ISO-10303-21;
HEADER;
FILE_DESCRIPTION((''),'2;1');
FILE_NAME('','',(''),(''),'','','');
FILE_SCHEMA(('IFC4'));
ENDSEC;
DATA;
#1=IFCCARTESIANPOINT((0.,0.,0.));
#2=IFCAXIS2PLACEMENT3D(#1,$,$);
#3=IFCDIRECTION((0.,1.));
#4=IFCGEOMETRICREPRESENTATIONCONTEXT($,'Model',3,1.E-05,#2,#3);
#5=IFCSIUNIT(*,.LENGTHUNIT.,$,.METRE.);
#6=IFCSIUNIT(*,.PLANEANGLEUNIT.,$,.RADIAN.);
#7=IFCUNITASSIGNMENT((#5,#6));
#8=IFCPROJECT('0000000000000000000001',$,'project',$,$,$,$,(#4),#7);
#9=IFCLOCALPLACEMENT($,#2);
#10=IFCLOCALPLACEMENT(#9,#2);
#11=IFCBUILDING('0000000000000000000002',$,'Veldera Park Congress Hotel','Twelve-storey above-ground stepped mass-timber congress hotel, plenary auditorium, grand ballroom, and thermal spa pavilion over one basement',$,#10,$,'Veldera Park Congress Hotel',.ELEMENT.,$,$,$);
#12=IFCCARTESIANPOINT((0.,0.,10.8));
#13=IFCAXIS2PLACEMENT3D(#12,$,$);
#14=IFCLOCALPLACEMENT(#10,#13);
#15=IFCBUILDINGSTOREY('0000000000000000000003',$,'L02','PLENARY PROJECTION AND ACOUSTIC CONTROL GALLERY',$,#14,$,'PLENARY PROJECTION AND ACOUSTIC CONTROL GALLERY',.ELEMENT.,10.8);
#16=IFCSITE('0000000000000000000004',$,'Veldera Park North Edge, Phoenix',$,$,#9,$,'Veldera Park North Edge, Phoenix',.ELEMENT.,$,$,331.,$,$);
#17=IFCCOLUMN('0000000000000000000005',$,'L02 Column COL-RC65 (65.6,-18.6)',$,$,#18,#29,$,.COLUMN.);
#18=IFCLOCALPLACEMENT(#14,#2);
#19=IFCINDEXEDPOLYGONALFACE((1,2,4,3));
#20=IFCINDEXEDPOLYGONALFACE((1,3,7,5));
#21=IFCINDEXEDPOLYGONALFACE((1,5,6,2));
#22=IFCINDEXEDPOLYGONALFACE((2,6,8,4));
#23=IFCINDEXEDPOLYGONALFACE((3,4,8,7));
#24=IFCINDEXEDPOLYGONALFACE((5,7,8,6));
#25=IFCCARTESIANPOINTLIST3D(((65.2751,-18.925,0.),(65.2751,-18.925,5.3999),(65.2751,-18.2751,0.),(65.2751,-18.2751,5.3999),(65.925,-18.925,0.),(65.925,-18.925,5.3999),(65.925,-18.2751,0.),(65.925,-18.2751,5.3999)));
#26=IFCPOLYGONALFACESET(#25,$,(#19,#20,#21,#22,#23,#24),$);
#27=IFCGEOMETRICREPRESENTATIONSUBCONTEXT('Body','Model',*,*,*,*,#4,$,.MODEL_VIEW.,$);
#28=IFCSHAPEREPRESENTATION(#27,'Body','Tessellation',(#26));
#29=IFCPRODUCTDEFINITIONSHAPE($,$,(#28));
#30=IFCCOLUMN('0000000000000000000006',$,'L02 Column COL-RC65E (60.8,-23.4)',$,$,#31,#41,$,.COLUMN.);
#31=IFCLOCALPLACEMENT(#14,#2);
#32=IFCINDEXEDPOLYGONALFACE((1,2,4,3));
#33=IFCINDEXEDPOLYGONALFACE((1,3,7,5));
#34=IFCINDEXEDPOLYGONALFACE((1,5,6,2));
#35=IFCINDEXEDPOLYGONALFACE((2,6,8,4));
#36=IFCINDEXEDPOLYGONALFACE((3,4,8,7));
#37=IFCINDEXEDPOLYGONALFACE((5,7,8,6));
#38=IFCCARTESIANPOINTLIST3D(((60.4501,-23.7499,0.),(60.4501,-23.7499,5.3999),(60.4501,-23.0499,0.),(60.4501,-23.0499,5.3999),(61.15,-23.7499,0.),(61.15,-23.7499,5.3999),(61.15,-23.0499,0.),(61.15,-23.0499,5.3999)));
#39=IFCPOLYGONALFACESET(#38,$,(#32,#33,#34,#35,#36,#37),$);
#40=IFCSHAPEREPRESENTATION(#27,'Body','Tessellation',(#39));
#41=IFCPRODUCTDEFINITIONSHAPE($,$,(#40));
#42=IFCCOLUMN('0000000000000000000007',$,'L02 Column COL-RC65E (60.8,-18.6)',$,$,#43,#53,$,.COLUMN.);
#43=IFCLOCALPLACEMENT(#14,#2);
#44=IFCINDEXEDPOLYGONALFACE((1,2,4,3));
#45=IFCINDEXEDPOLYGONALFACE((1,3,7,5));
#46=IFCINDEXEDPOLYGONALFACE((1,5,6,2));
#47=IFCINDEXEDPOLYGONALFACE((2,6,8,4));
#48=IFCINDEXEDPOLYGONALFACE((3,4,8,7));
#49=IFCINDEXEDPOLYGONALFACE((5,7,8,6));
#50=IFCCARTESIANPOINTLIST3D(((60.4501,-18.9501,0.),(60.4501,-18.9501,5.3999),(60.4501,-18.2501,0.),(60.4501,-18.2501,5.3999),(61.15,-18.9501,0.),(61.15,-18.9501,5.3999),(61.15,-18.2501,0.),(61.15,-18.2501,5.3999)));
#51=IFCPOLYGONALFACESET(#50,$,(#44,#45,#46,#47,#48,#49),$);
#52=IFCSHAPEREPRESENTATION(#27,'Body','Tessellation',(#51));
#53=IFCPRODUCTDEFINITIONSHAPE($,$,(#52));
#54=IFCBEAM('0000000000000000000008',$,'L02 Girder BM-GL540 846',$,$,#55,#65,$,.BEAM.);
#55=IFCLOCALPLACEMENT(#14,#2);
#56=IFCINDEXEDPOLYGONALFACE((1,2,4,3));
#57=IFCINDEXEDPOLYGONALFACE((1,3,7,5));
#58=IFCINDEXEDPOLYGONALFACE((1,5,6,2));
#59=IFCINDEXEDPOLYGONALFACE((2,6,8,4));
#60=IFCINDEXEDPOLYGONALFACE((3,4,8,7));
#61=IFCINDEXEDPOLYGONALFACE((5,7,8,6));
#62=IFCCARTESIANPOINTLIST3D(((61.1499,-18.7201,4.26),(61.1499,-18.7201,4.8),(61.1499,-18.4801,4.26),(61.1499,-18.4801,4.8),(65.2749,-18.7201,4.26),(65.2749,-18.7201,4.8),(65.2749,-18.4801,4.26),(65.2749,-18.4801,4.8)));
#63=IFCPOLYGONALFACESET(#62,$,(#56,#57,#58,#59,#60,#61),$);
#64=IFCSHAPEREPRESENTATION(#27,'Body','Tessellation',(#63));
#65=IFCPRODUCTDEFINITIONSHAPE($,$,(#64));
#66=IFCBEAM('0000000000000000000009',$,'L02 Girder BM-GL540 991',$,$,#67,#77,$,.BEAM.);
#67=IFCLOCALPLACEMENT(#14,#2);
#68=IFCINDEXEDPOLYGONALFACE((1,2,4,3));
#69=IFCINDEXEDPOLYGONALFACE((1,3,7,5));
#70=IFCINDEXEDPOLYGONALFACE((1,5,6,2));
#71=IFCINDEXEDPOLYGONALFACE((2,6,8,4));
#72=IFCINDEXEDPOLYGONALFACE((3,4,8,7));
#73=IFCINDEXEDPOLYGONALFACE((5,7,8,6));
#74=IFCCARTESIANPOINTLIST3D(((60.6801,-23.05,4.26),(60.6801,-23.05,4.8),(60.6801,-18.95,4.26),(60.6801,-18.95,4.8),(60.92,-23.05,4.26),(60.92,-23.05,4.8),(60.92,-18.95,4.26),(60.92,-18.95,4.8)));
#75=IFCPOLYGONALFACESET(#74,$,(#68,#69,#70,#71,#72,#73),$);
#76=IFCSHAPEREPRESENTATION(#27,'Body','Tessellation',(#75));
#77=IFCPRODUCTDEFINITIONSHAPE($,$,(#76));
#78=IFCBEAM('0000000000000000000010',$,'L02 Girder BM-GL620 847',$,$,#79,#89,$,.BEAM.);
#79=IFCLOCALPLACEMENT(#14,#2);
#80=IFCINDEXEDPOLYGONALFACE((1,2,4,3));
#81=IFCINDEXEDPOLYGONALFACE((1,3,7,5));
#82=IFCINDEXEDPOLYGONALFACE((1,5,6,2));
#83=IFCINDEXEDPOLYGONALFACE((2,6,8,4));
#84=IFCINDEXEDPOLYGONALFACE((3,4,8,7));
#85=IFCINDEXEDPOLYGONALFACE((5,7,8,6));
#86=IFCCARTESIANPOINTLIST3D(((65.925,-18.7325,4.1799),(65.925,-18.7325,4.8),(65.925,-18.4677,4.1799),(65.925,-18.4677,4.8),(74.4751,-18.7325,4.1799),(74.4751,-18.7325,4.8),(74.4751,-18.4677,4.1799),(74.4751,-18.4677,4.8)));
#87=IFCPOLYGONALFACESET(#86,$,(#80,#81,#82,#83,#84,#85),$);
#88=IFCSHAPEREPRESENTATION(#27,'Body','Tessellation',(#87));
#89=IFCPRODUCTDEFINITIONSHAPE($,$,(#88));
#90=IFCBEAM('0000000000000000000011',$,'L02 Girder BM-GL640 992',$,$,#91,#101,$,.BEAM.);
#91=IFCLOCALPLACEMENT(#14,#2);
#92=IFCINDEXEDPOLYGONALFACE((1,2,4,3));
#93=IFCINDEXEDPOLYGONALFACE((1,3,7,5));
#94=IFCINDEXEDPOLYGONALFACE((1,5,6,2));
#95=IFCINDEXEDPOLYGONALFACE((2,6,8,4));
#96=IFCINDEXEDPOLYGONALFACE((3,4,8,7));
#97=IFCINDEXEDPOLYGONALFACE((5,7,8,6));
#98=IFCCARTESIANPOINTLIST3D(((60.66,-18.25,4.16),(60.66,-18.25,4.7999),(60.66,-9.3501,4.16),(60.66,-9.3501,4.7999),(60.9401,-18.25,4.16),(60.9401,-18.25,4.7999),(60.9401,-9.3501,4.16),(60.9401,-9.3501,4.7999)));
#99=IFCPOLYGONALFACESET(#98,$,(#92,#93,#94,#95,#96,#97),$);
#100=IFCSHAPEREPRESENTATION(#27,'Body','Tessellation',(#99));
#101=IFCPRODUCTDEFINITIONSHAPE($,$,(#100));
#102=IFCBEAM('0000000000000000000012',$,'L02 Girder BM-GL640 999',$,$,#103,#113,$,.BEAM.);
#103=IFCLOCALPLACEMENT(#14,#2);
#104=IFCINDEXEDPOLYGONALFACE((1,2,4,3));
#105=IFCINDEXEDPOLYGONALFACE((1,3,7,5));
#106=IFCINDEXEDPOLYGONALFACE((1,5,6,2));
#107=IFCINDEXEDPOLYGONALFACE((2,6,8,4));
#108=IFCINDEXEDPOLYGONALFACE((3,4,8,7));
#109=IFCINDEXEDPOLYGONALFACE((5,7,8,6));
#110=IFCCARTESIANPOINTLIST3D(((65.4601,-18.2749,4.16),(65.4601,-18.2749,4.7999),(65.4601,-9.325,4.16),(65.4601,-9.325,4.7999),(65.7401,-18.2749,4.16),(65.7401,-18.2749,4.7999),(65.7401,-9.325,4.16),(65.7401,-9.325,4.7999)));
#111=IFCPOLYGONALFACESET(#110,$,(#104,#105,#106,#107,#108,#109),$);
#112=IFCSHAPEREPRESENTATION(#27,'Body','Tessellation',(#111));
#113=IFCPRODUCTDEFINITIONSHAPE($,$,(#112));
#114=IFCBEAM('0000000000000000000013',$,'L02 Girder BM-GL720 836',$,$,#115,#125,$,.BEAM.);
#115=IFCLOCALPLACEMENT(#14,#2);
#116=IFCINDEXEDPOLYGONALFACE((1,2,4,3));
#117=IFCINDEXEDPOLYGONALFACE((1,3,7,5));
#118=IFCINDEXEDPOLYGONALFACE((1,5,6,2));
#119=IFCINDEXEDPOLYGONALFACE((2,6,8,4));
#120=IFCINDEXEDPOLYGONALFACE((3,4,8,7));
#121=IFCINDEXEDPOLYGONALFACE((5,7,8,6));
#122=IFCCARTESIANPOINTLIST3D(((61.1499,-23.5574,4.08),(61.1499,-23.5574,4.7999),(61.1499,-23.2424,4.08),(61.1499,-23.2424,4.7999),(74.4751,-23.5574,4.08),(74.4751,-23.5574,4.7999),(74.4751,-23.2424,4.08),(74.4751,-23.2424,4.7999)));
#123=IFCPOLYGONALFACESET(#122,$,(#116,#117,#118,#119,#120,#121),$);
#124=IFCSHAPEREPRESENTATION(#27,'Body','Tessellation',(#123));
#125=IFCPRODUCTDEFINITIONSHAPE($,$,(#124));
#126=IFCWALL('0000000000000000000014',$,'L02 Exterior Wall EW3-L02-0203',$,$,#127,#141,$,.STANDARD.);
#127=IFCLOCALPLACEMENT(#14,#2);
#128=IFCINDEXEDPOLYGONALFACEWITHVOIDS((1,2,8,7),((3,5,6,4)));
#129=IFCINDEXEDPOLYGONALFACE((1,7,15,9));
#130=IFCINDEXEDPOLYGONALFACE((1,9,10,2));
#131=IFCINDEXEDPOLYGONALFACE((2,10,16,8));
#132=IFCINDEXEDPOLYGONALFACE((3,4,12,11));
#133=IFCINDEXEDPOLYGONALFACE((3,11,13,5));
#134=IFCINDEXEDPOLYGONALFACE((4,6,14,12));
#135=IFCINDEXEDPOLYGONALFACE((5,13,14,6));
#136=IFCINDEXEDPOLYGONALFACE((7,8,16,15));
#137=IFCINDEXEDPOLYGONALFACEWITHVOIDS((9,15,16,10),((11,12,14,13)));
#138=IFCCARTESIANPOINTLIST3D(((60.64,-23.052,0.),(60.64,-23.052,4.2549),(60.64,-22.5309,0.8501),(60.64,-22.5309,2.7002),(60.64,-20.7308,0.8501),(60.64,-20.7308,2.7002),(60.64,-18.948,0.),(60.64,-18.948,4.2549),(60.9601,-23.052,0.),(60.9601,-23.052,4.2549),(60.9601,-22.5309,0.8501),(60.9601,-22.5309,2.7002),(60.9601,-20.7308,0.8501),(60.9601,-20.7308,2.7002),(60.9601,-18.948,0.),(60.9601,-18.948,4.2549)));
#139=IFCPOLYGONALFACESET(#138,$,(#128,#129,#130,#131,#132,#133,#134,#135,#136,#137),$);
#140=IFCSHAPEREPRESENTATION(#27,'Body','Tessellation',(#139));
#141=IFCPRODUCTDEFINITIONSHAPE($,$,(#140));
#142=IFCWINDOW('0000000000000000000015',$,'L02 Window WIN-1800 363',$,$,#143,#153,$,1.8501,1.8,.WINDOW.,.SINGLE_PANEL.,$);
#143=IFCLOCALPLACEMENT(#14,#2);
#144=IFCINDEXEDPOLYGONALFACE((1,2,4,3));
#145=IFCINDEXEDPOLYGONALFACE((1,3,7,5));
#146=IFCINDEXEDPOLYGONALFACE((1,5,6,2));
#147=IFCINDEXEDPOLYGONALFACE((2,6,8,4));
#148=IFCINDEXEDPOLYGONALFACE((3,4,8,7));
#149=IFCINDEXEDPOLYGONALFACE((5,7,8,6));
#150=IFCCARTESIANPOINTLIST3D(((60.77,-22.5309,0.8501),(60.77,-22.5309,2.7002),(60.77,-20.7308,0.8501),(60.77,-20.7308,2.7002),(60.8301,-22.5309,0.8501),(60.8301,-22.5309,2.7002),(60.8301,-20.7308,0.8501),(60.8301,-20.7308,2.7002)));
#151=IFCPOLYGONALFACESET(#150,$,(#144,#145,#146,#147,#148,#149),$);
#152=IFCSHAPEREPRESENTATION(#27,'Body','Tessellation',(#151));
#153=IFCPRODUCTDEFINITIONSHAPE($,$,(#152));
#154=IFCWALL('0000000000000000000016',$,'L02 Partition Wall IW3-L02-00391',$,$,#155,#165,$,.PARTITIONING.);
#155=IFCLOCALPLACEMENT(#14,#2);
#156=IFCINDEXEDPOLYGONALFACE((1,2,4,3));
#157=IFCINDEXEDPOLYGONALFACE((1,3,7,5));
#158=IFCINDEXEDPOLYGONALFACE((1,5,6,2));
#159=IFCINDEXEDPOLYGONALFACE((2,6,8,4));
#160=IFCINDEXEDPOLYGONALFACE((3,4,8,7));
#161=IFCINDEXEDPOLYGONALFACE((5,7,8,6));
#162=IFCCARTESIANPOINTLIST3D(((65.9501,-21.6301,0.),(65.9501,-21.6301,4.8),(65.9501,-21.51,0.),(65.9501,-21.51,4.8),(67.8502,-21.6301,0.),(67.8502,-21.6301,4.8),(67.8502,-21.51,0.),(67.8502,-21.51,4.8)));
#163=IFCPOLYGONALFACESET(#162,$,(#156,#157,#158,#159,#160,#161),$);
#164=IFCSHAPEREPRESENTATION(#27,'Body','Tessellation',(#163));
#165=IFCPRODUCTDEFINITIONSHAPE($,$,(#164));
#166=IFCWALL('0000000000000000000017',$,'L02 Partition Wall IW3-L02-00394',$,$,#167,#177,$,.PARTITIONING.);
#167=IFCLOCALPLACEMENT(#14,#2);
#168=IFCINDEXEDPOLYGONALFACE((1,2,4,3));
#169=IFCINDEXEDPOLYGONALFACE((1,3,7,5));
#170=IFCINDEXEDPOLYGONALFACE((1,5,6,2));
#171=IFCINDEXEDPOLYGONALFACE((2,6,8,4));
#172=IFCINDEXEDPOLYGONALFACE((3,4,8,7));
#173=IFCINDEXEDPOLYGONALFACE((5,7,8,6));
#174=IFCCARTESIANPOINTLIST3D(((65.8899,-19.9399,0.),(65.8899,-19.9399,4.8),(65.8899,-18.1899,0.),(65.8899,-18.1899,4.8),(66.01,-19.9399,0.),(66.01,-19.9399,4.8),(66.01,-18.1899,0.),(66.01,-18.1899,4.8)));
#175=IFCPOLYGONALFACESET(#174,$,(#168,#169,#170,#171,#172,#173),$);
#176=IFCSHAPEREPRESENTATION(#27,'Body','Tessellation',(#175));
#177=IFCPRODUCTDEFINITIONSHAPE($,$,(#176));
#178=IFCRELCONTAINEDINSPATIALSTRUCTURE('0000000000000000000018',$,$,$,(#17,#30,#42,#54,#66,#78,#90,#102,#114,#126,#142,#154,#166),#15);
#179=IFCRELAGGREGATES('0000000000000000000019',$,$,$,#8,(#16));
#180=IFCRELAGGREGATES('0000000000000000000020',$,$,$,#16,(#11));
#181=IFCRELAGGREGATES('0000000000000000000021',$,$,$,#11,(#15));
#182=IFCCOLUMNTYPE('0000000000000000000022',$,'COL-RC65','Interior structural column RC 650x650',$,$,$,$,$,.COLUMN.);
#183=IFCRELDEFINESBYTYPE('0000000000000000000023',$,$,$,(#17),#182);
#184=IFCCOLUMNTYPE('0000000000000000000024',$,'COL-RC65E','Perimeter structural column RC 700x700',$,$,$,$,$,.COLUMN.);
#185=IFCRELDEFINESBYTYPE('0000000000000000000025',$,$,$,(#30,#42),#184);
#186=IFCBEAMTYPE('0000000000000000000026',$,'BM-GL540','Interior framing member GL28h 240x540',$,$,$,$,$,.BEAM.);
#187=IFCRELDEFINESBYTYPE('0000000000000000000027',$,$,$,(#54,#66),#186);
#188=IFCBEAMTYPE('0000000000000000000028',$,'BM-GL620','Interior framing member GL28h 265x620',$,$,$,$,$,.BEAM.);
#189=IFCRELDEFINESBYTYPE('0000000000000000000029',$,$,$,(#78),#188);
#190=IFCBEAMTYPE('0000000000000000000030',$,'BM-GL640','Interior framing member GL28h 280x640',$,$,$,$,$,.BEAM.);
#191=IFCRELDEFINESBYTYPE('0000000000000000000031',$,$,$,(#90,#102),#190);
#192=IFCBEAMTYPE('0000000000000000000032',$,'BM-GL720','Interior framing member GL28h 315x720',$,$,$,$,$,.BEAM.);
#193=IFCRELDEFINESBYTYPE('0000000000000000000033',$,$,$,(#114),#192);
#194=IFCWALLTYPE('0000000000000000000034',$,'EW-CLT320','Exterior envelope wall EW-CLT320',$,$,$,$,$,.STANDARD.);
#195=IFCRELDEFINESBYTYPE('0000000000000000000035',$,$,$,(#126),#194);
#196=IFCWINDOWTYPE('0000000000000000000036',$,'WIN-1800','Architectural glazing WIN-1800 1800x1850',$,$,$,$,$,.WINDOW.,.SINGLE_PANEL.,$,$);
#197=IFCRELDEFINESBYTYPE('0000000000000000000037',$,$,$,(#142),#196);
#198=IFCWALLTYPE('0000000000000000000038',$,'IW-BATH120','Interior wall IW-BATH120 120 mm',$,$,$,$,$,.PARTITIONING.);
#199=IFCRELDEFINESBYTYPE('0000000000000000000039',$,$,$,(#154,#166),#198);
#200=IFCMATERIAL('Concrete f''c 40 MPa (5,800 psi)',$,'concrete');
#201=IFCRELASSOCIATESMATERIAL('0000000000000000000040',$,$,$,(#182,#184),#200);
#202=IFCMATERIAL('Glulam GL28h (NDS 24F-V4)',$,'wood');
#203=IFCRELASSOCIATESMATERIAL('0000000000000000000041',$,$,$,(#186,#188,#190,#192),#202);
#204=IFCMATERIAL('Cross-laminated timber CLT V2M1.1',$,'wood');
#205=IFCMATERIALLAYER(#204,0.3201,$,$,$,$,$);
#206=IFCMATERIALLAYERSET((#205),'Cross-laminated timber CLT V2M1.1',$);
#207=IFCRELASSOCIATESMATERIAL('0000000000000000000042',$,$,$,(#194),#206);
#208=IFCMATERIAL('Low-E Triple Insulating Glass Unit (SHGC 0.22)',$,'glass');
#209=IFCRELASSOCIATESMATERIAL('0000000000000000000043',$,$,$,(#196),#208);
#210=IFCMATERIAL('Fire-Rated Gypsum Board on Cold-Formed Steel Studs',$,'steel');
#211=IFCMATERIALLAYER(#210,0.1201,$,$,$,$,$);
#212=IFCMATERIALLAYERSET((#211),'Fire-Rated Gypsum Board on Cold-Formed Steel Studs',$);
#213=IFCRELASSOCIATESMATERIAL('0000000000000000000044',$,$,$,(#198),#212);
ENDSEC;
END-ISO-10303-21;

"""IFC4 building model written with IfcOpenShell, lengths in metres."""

from ifc_helpers import new_model, si_unit, direction, frame, frame_2d, origin, origin_2d, place, context, subcontext, project, spatial, rectangle, extrude, material, layer, layer_set, material_profile, profile_set, type_object, element, fill, save


model = new_model("IFC4")

# Units and contexts
model_context = context("Model", 3, precision=1e-05, world=origin(), true_north=direction((0.0, 1.0)))
body_context = subcontext(model_context, "Body", "Model", "MODEL_VIEW")
ifc_project = project(units=[si_unit("LENGTHUNIT", "METRE"), si_unit("PLANEANGLEUNIT", "RADIAN")], contexts=[model_context])

# Site, building, storey
site_placement = place(None, origin())
site = spatial("IfcSite", under=ifc_project, at=site_placement, Name="Veldera Park North Edge, Phoenix", LongName="Veldera Park North Edge, Phoenix", CompositionType="ELEMENT", RefElevation=331.0)
building_placement = place(site_placement, origin())
building = spatial("IfcBuilding", under=site, at=building_placement, Name="Veldera Park Congress Hotel", Description="Twelve-storey above-ground stepped mass-timber congress hotel, plenary auditorium, grand ballroom, and thermal spa pavilion over one basement", LongName="Veldera Park Congress Hotel", CompositionType="ELEMENT")
storey_placement = place(building_placement, frame((0.0, 0.0, 10.8)))
storey = spatial("IfcBuildingStorey", under=building, at=storey_placement, Name="L02", Description="PLENARY PROJECTION AND ACOUSTIC CONTROL GALLERY", LongName="PLENARY PROJECTION AND ACOUSTIC CONTROL GALLERY", CompositionType="ELEMENT", Elevation=10.8)

# Columns
ifc_material_1 = material(Name="Concrete f'c 40 MPa (5,800 psi)", Category="concrete")
ifc_material_profile_1 = material_profile(ifc_material_1, rectangle(XDim=0.6499, YDim=0.6499, at=origin_2d()), Name="RC 650x650")
ifc_profile_set_1 = profile_set([ifc_material_profile_1], Name="Concrete f'c 40 MPa (5,800 psi)")
column_type_1 = type_object("IfcColumnType", Name="COL-RC65", Description="Interior structural column RC 650x650", PredefinedType="COLUMN", material=ifc_profile_set_1)
column_placement = place(storey_placement, frame((65.6001, -18.6001, 0.0), z_axis=(0.0, 0.0, 1.0), x_axis=(1.0, 0.0, 0.0)))
element("IfcColumn", 1, at=column_placement, inside=storey, type_object=column_type_1, Name="L02 Column COL-RC65 (65.6,-18.6)", PredefinedType="COLUMN", context=body_context, shape_type="SweptSolid", body=[
    extrude(rectangle(XDim=0.6499, YDim=0.6499, at=origin_2d()), origin(), (0.0, 0.0, 1.0), 5.3999),
])
ifc_material_profile_2 = material_profile(ifc_material_1, rectangle(XDim=0.7, YDim=0.7, at=origin_2d()), Name="RC 700x700")
ifc_profile_set_2 = profile_set([ifc_material_profile_2], Name="Concrete f'c 40 MPa (5,800 psi)")
column_type_2 = type_object("IfcColumnType", Name="COL-RC65E", Description="Perimeter structural column RC 700x700", PredefinedType="COLUMN", material=ifc_profile_set_2)
for number, where, z_axis, x_axis, name in (
    (2, (60.8, -23.3999, 0.0), (0.0, 0.0, 1.0), (1.0, 0.0, 0.0), "L02 Column COL-RC65E (60.8,-23.4)"),
    (3, (60.8, -18.6001, 0.0), (0.0, 0.0, 1.0), (1.0, 0.0, 0.0), "L02 Column COL-RC65E (60.8,-18.6)"),
):
    element("IfcColumn", number, at=place(storey_placement, frame(where, z_axis=z_axis, x_axis=x_axis)), inside=storey, type_object=column_type_2, Name=name, PredefinedType="COLUMN", context=body_context, shape_type="SweptSolid", body=[
        extrude(rectangle(XDim=0.7, YDim=0.7, at=origin_2d()), origin(), (0.0, 0.0, 1.0), 5.3999),
    ])

# Beams
ifc_material_2 = material(Name="Glulam GL28h (NDS 24F-V4)", Category="wood")
ifc_material_profile_3 = material_profile(ifc_material_2, rectangle(XDim=0.24, YDim=0.54, at=origin_2d()), Name="GL28h 240x540")
ifc_profile_set_3 = profile_set([ifc_material_profile_3], Name="Glulam GL28h (NDS 24F-V4)")
beam_type_1 = type_object("IfcBeamType", Name="BM-GL540", Description="Interior framing member GL28h 240x540", PredefinedType="BEAM", material=ifc_profile_set_3)
beam_1_placement = place(storey_placement, frame((61.1499, -18.6001, 4.53), z_axis=(1.0, 0.0, 0.0), x_axis=(0.0, 1.0, 0.0)))
element("IfcBeam", 4, at=beam_1_placement, inside=storey, type_object=beam_type_1, Name="L02 Girder BM-GL540 846", PredefinedType="BEAM", context=body_context, shape_type="SweptSolid", body=[
    extrude(rectangle(XDim=0.24, YDim=0.54, at=origin_2d()), origin(), (0.0, 0.0, 1.0), 4.125),
])
beam_2_placement = place(storey_placement, frame((60.8, -23.05, 4.53), z_axis=(0.0, 1.0, 0.0), x_axis=(-1.0, 0.0, 0.0)))
element("IfcBeam", 5, at=beam_2_placement, inside=storey, type_object=beam_type_1, Name="L02 Girder BM-GL540 991", PredefinedType="BEAM", context=body_context, shape_type="SweptSolid", body=[
    extrude(rectangle(XDim=0.24, YDim=0.54, at=origin_2d()), origin(), (0.0, 0.0, 1.0), 4.1001),
])
ifc_material_profile_4 = material_profile(ifc_material_2, rectangle(XDim=0.2649, YDim=0.6201, at=origin_2d()), Name="GL28h 265x620")
ifc_profile_set_4 = profile_set([ifc_material_profile_4], Name="Glulam GL28h (NDS 24F-V4)")
beam_type_2 = type_object("IfcBeamType", Name="BM-GL620", Description="Interior framing member GL28h 265x620", PredefinedType="BEAM", material=ifc_profile_set_4)
beam_3_placement = place(storey_placement, frame((65.925, -18.6001, 4.49), z_axis=(1.0, 0.0, 0.0), x_axis=(0.0, 1.0, 0.0)))
element("IfcBeam", 6, at=beam_3_placement, inside=storey, type_object=beam_type_2, Name="L02 Girder BM-GL620 847", PredefinedType="BEAM", context=body_context, shape_type="SweptSolid", body=[
    extrude(rectangle(XDim=0.2649, YDim=0.6201, at=origin_2d()), origin(), (0.0, 0.0, 1.0), 8.55),
])
ifc_material_profile_5 = material_profile(ifc_material_2, rectangle(XDim=0.28, YDim=0.6399, at=origin_2d()), Name="GL28h 280x640")
ifc_profile_set_5 = profile_set([ifc_material_profile_5], Name="Glulam GL28h (NDS 24F-V4)")
beam_type_3 = type_object("IfcBeamType", Name="BM-GL640", Description="Interior framing member GL28h 280x640", PredefinedType="BEAM", material=ifc_profile_set_5)
beam_4_placement = place(storey_placement, frame((60.8, -18.25, 4.48), z_axis=(0.0, 1.0, 0.0), x_axis=(-1.0, 0.0, 0.0)))
element("IfcBeam", 7, at=beam_4_placement, inside=storey, type_object=beam_type_3, Name="L02 Girder BM-GL640 992", PredefinedType="BEAM", context=body_context, shape_type="SweptSolid", body=[
    extrude(rectangle(XDim=0.28, YDim=0.6399, at=origin_2d()), origin(), (0.0, 0.0, 1.0), 8.8999),
])
beam_5_placement = place(storey_placement, frame((65.6001, -18.2749, 4.48), z_axis=(0.0, 1.0, 0.0), x_axis=(-1.0, 0.0, 0.0)))
element("IfcBeam", 8, at=beam_5_placement, inside=storey, type_object=beam_type_3, Name="L02 Girder BM-GL640 999", PredefinedType="BEAM", context=body_context, shape_type="SweptSolid", body=[
    extrude(rectangle(XDim=0.28, YDim=0.6399, at=origin_2d()), origin(), (0.0, 0.0, 1.0), 8.95),
])
ifc_material_profile_6 = material_profile(ifc_material_2, rectangle(XDim=0.3149, YDim=0.72, at=origin_2d()), Name="GL28h 315x720")
ifc_profile_set_6 = profile_set([ifc_material_profile_6], Name="Glulam GL28h (NDS 24F-V4)")
beam_type_4 = type_object("IfcBeamType", Name="BM-GL720", Description="Interior framing member GL28h 315x720", PredefinedType="BEAM", material=ifc_profile_set_6)
beam_6_placement = place(storey_placement, frame((61.1499, -23.3999, 4.4399), z_axis=(1.0, 0.0, 0.0), x_axis=(0.0, 1.0, 0.0)))
element("IfcBeam", 9, at=beam_6_placement, inside=storey, type_object=beam_type_4, Name="L02 Girder BM-GL720 836", PredefinedType="BEAM", context=body_context, shape_type="SweptSolid", body=[
    extrude(rectangle(XDim=0.3149, YDim=0.72, at=origin_2d()), origin(), (0.0, 0.0, 1.0), 13.3252),
])

# Wall, opening, window
ifc_material_3 = material(Name="Cross-laminated timber CLT V2M1.1", Category="wood")
ifc_layer_1 = layer(ifc_material_3, 0.3201)
ifc_layer_set_1 = layer_set([ifc_layer_1], Name="Cross-laminated timber CLT V2M1.1")
wall_type_1 = type_object("IfcWallType", Name="EW-CLT320", Description="Exterior envelope wall EW-CLT320", PredefinedType="STANDARD", material=ifc_layer_set_1)
wall_1_placement = place(storey_placement, frame((60.8, -18.948, 0.0), z_axis=(0.0, 0.0, 1.0), x_axis=(0.0, -1.0, 0.0)))
wall_1 = element("IfcWall", 10, at=wall_1_placement, inside=storey, type_object=wall_type_1, Name="L02 Exterior Wall EW3-L02-0203", PredefinedType="STANDARD", context=body_context, shape_type="SweptSolid", body=[
    extrude(rectangle(XDim=4.104, YDim=0.3201, at=frame_2d((2.052, 0.0))), origin(), (0.0, 0.0, 1.0), 4.2549),
])
opening_1_placement = place(wall_1_placement, frame((1.783, 0.0, 0.8501)))
opening_1 = element("IfcOpeningElement", 11, at=opening_1_placement, cuts=wall_1, PredefinedType="OPENING", context=body_context, shape_type="SweptSolid", body=[
    extrude(rectangle(XDim=1.8, YDim=1.8501, at=frame_2d((0.8999, 0.925))), frame((0.0, 0.1721, 0.0), z_axis=(0.0, -1.0, 0.0), x_axis=(1.0, 0.0, 0.0)), (0.0, 0.0, 1.0), 0.344),
])
ifc_material_4 = material(Name="Low-E Triple Insulating Glass Unit (SHGC 0.22)", Category="glass")
window_type = type_object("IfcWindowType", Name="WIN-1800", Description="Architectural glazing WIN-1800 1800x1850", PartitioningType="SINGLE_PANEL", PredefinedType="WINDOW", material=ifc_material_4)
window_placement = place(opening_1_placement, origin())
window = element("IfcWindow", 12, at=window_placement, inside=storey, type_object=window_type, Name="L02 Window WIN-1800 363", OverallHeight=1.8501, OverallWidth=1.8, PartitioningType="SINGLE_PANEL", PredefinedType="WINDOW", context=body_context, shape_type="SweptSolid", body=[
    extrude(rectangle(XDim=1.8, YDim=1.8501, at=frame_2d((0.8999, 0.925))), frame((0.0, 0.03, 0.0), z_axis=(0.0, -1.0, 0.0), x_axis=(1.0, 0.0, 0.0)), (0.0, 0.0, 1.0), 0.0601),
])
fill(opening_1, window)

# Shared definitions
ifc_material_5 = material(Name="Fire-Rated Gypsum Board on Cold-Formed Steel Studs", Category="steel")
ifc_layer_2 = layer(ifc_material_5, 0.1201)
ifc_layer_set_2 = layer_set([ifc_layer_2], Name="Fire-Rated Gypsum Board on Cold-Formed Steel Studs")
wall_type_2 = type_object("IfcWallType", Name="IW-BATH120", Description="Interior wall IW-BATH120 120 mm", PredefinedType="PARTITIONING", material=ifc_layer_set_2)

# Walls
wall_2_placement = place(storey_placement, frame((65.95, -21.5701, 0.0), z_axis=(0.0, 0.0, 1.0), x_axis=(1.0, 0.0, 0.0)))
element("IfcWall", 13, at=wall_2_placement, inside=storey, type_object=wall_type_2, Name="L02 Partition Wall IW3-L02-00391", PredefinedType="PARTITIONING", context=body_context, shape_type="SweptSolid", body=[
    extrude(rectangle(XDim=1.9001, YDim=0.1201, at=frame_2d((0.9502, 0.0))), origin(), (0.0, 0.0, 1.0), 4.8),
])
wall_3_placement = place(storey_placement, frame((65.95, -19.9399, 0.0), z_axis=(0.0, 0.0, 1.0), x_axis=(0.0, 1.0, 0.0)))
element("IfcWall", 14, at=wall_3_placement, inside=storey, type_object=wall_type_2, Name="L02 Partition Wall IW3-L02-00394", PredefinedType="PARTITIONING", context=body_context, shape_type="SweptSolid", body=[
    extrude(rectangle(XDim=1.75, YDim=0.1201, at=frame_2d((0.875, 0.0))), origin(), (0.0, 0.0, 1.0), 4.8),
])

save(model, "model.ifc")
